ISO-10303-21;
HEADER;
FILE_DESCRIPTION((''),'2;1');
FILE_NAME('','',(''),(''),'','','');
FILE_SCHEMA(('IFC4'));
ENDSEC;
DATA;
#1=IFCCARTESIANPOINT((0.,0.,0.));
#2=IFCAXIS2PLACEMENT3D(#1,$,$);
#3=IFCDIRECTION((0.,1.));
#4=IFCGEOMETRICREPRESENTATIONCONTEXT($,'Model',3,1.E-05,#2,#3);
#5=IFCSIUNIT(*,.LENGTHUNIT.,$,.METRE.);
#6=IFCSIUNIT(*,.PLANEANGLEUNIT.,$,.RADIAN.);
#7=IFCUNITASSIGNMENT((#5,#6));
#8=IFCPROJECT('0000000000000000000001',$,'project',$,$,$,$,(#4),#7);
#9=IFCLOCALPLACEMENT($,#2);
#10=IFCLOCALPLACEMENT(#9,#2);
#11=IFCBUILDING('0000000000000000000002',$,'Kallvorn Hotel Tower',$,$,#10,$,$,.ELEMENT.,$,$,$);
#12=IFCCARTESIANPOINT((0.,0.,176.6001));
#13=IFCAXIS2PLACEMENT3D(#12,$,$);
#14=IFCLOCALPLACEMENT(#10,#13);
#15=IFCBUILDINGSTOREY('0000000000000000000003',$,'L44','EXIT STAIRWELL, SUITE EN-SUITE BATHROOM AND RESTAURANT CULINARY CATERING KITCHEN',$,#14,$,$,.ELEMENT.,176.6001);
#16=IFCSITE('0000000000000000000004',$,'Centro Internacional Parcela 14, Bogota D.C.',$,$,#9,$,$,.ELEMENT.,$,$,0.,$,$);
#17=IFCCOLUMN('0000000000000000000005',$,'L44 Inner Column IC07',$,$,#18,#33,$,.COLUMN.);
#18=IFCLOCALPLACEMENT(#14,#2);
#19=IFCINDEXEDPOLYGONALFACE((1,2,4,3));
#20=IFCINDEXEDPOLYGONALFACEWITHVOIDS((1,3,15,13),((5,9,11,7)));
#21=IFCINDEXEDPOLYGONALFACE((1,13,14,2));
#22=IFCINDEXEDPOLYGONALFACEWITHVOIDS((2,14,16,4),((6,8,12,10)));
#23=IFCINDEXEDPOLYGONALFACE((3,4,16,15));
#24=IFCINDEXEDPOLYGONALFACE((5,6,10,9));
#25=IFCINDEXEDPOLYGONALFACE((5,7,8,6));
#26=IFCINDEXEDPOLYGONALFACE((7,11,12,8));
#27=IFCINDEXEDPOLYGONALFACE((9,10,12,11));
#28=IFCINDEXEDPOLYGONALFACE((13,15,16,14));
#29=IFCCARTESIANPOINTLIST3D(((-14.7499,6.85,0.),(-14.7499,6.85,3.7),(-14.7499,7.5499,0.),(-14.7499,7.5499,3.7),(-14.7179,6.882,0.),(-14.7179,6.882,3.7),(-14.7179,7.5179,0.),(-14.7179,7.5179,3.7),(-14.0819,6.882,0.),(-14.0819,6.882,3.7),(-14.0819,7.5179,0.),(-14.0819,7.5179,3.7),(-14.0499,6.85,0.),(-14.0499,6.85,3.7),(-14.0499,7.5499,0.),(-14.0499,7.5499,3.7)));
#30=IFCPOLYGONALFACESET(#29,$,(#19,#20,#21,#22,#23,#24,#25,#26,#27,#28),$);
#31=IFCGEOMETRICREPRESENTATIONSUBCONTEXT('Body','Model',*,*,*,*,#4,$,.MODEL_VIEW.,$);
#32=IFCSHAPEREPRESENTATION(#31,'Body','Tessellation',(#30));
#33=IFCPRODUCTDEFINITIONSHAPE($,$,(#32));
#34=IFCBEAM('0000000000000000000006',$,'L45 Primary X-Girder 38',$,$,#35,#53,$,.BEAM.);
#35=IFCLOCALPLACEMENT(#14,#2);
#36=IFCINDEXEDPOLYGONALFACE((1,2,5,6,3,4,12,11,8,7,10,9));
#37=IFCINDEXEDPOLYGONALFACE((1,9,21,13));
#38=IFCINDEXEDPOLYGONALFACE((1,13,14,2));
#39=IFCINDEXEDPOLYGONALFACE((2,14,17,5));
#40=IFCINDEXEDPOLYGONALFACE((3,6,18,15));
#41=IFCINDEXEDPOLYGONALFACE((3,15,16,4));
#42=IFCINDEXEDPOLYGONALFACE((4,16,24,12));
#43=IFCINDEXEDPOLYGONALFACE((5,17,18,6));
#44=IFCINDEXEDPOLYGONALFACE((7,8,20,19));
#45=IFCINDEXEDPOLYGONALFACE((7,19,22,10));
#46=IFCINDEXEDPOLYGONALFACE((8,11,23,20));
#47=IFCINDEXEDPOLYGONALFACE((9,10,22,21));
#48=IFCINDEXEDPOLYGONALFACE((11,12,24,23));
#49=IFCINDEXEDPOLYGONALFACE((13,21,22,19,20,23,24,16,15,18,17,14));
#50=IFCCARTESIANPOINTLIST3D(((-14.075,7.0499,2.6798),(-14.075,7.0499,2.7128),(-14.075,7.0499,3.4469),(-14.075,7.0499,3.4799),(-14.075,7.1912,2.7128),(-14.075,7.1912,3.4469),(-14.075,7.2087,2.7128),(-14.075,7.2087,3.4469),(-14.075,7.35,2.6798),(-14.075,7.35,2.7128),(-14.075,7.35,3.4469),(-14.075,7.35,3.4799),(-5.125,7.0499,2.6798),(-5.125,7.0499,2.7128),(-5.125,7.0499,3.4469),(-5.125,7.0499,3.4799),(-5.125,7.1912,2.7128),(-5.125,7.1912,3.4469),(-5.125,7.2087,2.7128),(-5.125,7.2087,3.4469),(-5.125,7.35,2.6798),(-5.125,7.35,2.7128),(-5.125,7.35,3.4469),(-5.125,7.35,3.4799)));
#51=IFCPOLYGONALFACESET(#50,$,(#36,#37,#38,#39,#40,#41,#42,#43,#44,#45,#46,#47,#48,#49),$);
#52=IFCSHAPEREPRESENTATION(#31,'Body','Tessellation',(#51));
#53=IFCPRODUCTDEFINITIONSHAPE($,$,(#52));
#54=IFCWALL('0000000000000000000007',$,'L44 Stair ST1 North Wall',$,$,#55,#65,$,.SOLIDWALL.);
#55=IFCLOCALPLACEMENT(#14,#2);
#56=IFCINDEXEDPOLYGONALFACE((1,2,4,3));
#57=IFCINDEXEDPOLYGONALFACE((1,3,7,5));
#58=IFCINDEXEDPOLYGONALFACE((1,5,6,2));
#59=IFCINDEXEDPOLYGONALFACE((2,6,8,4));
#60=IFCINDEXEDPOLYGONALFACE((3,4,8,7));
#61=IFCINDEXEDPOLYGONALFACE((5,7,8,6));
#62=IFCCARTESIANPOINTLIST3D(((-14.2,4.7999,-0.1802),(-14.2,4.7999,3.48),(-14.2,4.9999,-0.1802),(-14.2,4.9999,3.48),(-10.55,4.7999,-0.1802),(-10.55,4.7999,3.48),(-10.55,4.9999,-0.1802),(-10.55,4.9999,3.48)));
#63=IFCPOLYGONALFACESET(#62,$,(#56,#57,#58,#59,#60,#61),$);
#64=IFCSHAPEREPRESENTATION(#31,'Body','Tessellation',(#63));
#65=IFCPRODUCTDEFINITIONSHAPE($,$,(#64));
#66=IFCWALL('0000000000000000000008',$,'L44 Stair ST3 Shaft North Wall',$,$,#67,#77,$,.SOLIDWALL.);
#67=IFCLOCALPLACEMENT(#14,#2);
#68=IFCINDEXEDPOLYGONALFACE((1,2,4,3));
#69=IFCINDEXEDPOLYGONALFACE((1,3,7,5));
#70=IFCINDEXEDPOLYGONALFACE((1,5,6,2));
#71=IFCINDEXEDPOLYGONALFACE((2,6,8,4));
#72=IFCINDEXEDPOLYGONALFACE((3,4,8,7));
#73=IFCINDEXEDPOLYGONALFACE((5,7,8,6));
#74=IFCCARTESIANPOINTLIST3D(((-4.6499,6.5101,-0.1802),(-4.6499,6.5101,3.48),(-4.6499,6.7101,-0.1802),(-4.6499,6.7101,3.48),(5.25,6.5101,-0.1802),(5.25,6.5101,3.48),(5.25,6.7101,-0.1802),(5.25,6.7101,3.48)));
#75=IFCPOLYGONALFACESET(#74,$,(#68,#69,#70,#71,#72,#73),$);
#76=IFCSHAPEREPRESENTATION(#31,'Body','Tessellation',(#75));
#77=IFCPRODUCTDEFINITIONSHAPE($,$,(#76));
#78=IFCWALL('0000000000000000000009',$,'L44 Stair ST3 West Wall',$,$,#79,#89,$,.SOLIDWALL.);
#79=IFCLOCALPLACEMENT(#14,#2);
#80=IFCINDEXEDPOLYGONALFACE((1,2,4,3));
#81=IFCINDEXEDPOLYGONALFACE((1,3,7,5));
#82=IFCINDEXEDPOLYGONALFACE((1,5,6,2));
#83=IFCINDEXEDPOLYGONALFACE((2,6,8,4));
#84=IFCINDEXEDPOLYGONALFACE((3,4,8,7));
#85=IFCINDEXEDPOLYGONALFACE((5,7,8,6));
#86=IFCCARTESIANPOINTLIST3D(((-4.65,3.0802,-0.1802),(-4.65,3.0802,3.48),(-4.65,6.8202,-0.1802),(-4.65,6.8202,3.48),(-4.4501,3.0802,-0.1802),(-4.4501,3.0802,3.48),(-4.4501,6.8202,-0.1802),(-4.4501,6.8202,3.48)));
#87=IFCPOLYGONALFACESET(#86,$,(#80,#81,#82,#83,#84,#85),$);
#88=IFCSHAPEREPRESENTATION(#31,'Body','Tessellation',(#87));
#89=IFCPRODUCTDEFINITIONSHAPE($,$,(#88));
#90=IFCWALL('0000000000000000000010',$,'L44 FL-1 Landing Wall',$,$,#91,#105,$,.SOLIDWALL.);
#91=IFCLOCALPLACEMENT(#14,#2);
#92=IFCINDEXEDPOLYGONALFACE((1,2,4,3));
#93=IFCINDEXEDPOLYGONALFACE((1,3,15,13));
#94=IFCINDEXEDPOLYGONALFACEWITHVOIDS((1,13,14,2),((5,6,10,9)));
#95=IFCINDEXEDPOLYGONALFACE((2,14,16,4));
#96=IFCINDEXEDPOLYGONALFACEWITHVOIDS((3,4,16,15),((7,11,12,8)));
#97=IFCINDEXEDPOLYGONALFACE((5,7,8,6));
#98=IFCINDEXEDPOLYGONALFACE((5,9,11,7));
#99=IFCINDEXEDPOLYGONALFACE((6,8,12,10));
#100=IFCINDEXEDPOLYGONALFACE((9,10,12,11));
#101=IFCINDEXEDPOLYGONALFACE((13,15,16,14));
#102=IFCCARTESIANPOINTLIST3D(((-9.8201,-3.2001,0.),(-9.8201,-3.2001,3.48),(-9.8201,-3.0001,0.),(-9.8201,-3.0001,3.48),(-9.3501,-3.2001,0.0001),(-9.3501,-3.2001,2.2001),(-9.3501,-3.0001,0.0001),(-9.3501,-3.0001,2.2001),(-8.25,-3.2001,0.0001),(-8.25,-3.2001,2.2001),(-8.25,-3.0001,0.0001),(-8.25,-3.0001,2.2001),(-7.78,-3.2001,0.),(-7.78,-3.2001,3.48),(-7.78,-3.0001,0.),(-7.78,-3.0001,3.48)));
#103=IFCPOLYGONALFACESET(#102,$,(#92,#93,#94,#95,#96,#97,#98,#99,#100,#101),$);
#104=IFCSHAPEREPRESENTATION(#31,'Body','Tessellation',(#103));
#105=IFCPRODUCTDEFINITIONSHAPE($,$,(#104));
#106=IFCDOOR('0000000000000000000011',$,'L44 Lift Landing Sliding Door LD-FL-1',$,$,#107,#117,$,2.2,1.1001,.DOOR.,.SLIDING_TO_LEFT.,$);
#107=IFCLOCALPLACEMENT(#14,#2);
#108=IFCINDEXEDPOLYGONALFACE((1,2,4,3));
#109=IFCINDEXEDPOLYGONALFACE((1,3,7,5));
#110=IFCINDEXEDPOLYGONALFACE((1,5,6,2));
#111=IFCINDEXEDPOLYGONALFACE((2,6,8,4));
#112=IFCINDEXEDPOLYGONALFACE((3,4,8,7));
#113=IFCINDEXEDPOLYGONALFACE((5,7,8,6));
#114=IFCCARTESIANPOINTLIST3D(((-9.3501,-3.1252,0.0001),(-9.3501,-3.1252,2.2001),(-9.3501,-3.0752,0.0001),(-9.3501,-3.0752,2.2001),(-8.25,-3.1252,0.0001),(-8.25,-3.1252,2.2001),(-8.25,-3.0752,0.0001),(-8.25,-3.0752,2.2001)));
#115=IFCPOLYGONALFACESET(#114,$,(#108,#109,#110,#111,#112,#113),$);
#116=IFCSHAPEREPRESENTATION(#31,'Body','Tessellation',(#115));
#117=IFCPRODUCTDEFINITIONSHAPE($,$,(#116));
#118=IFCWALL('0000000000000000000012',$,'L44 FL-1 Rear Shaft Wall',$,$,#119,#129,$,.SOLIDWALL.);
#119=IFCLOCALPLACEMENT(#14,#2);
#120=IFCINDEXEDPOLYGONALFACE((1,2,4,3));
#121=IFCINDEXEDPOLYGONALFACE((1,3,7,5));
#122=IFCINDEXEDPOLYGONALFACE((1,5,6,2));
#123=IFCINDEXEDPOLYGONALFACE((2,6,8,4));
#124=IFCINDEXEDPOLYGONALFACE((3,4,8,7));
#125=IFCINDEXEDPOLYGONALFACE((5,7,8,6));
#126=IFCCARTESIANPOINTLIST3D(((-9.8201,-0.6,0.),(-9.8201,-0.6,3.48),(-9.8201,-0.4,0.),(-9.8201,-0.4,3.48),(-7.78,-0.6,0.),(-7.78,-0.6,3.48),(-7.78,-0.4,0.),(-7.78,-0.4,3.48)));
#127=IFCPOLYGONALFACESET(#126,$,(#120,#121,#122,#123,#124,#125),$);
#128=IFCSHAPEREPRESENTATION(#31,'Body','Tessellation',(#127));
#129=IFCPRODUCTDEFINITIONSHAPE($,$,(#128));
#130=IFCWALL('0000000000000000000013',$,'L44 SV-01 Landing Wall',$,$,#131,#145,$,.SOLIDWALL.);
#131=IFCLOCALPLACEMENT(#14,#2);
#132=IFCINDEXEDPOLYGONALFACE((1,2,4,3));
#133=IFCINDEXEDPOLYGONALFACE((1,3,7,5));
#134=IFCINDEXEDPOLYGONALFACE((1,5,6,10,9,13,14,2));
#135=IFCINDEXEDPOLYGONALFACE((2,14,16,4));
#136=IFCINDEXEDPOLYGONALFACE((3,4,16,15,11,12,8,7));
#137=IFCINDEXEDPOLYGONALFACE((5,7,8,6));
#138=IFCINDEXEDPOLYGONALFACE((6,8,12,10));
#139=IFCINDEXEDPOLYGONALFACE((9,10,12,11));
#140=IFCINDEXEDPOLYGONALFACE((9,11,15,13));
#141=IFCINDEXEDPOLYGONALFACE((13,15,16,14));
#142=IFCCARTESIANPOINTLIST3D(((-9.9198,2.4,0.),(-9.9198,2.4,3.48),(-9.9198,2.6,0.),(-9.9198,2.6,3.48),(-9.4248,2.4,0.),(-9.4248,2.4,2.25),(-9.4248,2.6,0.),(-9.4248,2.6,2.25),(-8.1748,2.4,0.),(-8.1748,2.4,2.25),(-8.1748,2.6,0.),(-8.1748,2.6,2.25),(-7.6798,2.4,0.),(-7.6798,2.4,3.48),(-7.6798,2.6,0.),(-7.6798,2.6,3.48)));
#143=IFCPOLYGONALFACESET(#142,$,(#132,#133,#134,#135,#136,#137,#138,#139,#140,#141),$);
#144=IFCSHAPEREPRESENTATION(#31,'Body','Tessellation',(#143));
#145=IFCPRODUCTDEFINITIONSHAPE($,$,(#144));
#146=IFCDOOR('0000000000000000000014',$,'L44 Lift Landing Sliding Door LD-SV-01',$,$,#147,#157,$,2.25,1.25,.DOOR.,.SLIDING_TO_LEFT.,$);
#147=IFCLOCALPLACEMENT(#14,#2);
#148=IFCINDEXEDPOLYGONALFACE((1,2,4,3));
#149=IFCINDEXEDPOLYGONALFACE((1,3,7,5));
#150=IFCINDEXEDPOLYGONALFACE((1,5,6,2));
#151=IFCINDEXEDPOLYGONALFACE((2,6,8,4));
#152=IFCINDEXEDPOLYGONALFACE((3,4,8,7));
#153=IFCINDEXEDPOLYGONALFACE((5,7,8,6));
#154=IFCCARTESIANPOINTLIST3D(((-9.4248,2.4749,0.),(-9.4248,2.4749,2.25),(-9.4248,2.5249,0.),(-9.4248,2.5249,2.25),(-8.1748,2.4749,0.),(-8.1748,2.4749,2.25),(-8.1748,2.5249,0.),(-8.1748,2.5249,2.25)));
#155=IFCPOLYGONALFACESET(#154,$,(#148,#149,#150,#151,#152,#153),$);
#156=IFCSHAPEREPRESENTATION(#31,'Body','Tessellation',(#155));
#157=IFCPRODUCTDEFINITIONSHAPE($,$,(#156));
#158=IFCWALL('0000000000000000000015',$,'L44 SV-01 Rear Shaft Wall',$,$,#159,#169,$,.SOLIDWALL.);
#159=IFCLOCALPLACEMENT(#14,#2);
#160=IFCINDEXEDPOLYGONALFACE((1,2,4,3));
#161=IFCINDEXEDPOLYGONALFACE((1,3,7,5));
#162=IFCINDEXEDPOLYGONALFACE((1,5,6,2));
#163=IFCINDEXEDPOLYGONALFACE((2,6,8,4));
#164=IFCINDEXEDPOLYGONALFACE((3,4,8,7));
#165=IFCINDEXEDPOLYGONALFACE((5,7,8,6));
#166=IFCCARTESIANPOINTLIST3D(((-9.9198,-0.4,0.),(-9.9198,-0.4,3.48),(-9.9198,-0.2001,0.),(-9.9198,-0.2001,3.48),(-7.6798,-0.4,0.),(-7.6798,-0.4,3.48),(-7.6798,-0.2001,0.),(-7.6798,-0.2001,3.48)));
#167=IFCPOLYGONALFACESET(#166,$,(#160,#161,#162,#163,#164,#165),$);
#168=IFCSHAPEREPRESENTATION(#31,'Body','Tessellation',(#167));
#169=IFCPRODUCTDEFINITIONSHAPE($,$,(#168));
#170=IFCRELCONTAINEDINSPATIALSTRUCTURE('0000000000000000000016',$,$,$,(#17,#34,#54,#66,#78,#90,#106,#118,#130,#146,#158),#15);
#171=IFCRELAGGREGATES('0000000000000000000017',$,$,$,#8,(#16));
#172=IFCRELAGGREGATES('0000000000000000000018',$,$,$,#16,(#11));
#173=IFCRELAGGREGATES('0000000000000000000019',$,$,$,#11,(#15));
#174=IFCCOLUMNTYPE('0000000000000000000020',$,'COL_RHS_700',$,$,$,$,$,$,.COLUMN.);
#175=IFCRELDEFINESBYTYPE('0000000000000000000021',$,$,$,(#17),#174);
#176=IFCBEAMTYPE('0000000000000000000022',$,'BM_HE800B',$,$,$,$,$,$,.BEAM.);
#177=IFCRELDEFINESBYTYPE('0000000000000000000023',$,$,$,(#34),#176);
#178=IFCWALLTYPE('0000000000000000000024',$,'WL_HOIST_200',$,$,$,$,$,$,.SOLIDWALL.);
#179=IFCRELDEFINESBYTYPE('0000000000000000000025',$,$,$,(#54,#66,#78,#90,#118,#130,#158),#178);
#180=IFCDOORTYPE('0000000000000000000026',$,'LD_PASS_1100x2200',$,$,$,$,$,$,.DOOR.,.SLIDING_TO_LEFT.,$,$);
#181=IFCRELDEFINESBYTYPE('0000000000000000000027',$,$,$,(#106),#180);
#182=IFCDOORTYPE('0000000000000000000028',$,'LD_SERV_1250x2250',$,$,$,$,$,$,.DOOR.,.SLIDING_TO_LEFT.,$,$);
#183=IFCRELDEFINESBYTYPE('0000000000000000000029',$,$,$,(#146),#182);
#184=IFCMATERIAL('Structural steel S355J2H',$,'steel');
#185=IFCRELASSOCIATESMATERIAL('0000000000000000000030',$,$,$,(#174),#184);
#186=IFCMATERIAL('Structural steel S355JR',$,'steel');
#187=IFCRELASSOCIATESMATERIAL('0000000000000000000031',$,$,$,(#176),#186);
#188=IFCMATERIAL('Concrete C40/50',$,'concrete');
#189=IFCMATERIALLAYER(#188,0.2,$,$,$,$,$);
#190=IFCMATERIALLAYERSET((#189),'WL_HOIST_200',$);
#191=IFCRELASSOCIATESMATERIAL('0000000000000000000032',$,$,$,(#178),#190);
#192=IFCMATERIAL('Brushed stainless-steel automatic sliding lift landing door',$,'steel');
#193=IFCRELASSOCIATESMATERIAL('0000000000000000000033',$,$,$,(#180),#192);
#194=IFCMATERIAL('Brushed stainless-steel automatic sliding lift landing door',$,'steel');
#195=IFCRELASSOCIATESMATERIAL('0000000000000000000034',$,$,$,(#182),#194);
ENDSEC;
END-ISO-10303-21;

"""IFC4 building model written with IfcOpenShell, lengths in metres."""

from ifc_helpers import new_model, si_unit, direction, frame, frame_2d, origin, origin_2d, place, context, subcontext, project, spatial, rectangle, hollow_rectangle, i_section, extrude, material, layer, layer_set, material_profile, profile_set, type_object, element, fill, save


model = new_model("IFC4")

# Units and contexts
model_context = context("Model", 3, precision=1e-05, world=origin(), true_north=direction((0.0, 1.0)))
body_context = subcontext(model_context, "Body", "Model", "MODEL_VIEW")
ifc_project = project(units=[si_unit("LENGTHUNIT", "METRE"), si_unit("PLANEANGLEUNIT", "RADIAN")], contexts=[model_context])

# Site, building, storey
site_placement = place(None, origin())
site = spatial("IfcSite", under=ifc_project, at=site_placement, Name="Centro Internacional Parcela 14, Bogota D.C.", CompositionType="ELEMENT", RefElevation=0.0)
building_placement = place(site_placement, origin())
building = spatial("IfcBuilding", under=site, at=building_placement, Name="Kallvorn Hotel Tower", CompositionType="ELEMENT")
storey_placement = place(building_placement, frame((0.0, 0.0, 176.6001)))
storey = spatial("IfcBuildingStorey", under=building, at=storey_placement, Name="L44", Description="EXIT STAIRWELL, SUITE EN-SUITE BATHROOM AND RESTAURANT CULINARY CATERING KITCHEN", CompositionType="ELEMENT", Elevation=176.6001)

# Column
ifc_material_1 = material(Name="Structural steel S355J2H", Category="steel")
ifc_material_profile_1 = material_profile(ifc_material_1, hollow_rectangle(XDim=0.7, YDim=0.7, WallThickness=0.032, at=origin_2d()), Name="RHS 700x700x32")
ifc_profile_set_1 = profile_set([ifc_material_profile_1], Name="Structural steel S355J2H")
column_type = type_object("IfcColumnType", Name="COL_RHS_700", PredefinedType="COLUMN", material=ifc_profile_set_1)
column_placement = place(storey_placement, frame((-14.3999, 7.2, 0.0), z_axis=(0.0, 0.0, 1.0), x_axis=(1.0, 0.0, 0.0)))
element("IfcColumn", 1, at=column_placement, inside=storey, type_object=column_type, Name="L44 Inner Column IC07", PredefinedType="COLUMN", context=body_context, shape_type="SweptSolid", body=[
    extrude(hollow_rectangle(XDim=0.7, YDim=0.7, WallThickness=0.032, at=origin_2d()), origin(), (0.0, 0.0, 1.0), 3.7),
])

# Beam
ifc_material_2 = material(Name="Structural steel S355JR", Category="steel")
ifc_material_profile_2 = material_profile(ifc_material_2, i_section(OverallWidth=0.3, OverallDepth=0.8, WebThickness=0.0176, FlangeThickness=0.033, at=origin_2d()), Name="HE 800 B")
ifc_profile_set_2 = profile_set([ifc_material_profile_2], Name="Structural steel S355JR")
beam_type = type_object("IfcBeamType", Name="BM_HE800B", PredefinedType="BEAM", material=ifc_profile_set_2)
beam_placement = place(storey_placement, frame((-14.075, 7.2, 3.0798), z_axis=(1.0, 0.0, 0.0), x_axis=(0.0, 1.0, 0.0)))
element("IfcBeam", 2, at=beam_placement, inside=storey, type_object=beam_type, Name="L45 Primary X-Girder 38", PredefinedType="BEAM", context=body_context, shape_type="SweptSolid", body=[
    extrude(i_section(OverallWidth=0.3, OverallDepth=0.8, WebThickness=0.0176, FlangeThickness=0.033, at=origin_2d()), origin(), (0.0, 0.0, 1.0), 8.95),
])

# Walls
ifc_material_3 = material(Name="Concrete C40/50", Category="concrete")
ifc_layer_1 = layer(ifc_material_3, 0.2)
ifc_layer_set_1 = layer_set([ifc_layer_1], Name="WL_HOIST_200")
wall_type_1 = type_object("IfcWallType", Name="WL_HOIST_200", PredefinedType="SOLIDWALL", material=ifc_layer_set_1)
wall_1_placement = place(storey_placement, frame((-14.2, 4.8999, -0.1802), z_axis=(0.0, 0.0, 1.0), x_axis=(1.0, 0.0, 0.0)))
element("IfcWall", 3, at=wall_1_placement, inside=storey, type_object=wall_type_1, Name="L44 Stair ST1 North Wall", PredefinedType="SOLIDWALL", context=body_context, shape_type="SweptSolid", body=[
    extrude(rectangle(XDim=3.6499, YDim=0.2, at=frame_2d((1.825, 0.0))), origin(), (0.0, 0.0, 1.0), 3.6602),
])
wall_2_placement = place(storey_placement, frame((-4.6499, 6.6101, -0.1802), z_axis=(0.0, 0.0, 1.0), x_axis=(1.0, 0.0, 0.0)))
element("IfcWall", 4, at=wall_2_placement, inside=storey, type_object=wall_type_1, Name="L44 Stair ST3 Shaft North Wall", PredefinedType="SOLIDWALL", context=body_context, shape_type="SweptSolid", body=[
    extrude(rectangle(XDim=9.8999, YDim=0.2, at=frame_2d((4.95, 0.0))), origin(), (0.0, 0.0, 1.0), 3.6602),
])
wall_3_placement = place(storey_placement, frame((-4.55, 3.0801, -0.1802), z_axis=(0.0, 0.0, 1.0), x_axis=(0.0, 1.0, 0.0)))
element("IfcWall", 5, at=wall_3_placement, inside=storey, type_object=wall_type_1, Name="L44 Stair ST3 West Wall", PredefinedType="SOLIDWALL", context=body_context, shape_type="SweptSolid", body=[
    extrude(rectangle(XDim=3.74, YDim=0.2, at=frame_2d((1.8701, 0.0))), origin(), (0.0, 0.0, 1.0), 3.6602),
])

# Wall, opening, door
wall_4_placement = place(storey_placement, frame((-9.8201, -3.1001, 0.0), z_axis=(0.0, 0.0, 1.0), x_axis=(1.0, 0.0, 0.0)))
wall_4 = element("IfcWall", 6, at=wall_4_placement, inside=storey, type_object=wall_type_1, Name="L44 FL-1 Landing Wall", PredefinedType="SOLIDWALL", context=body_context, shape_type="SweptSolid", body=[
    extrude(rectangle(XDim=2.04, YDim=0.2, at=frame_2d((1.02, 0.0))), origin(), (0.0, 0.0, 1.0), 3.48),
])
opening_1_placement = place(wall_4_placement, frame((0.47, 0.0, 0.0)))
opening_1 = element("IfcOpeningElement", 7, at=opening_1_placement, cuts=wall_4, PredefinedType="OPENING", context=body_context, shape_type="SweptSolid", body=[
    extrude(rectangle(XDim=1.1001, YDim=2.2, at=frame_2d((0.55, 1.1001))), frame((0.0, 0.115, 0.0), z_axis=(0.0, -1.0, 0.0), x_axis=(1.0, 0.0, 0.0)), (0.0, 0.0, 1.0), 0.23),
])
ifc_material_4 = material(Name="Brushed stainless-steel automatic sliding lift landing door", Category="steel")
door_type_1 = type_object("IfcDoorType", Name="LD_PASS_1100x2200", OperationType="SLIDING_TO_LEFT", PredefinedType="DOOR", material=ifc_material_4)
door_1_placement = place(opening_1_placement, origin())
door_1 = element("IfcDoor", 8, at=door_1_placement, inside=storey, type_object=door_type_1, Name="L44 Lift Landing Sliding Door LD-FL-1", OperationType="SLIDING_TO_LEFT", OverallHeight=2.2, OverallWidth=1.1001, PredefinedType="DOOR", context=body_context, shape_type="SweptSolid", body=[
    extrude(rectangle(XDim=1.1001, YDim=2.2, at=frame_2d((0.55, 1.1001))), frame((0.0, 0.0249, 0.0), z_axis=(0.0, -1.0, 0.0), x_axis=(1.0, 0.0, 0.0)), (0.0, 0.0, 1.0), 0.05),
])
fill(opening_1, door_1)

# Wall
wall_5_placement = place(storey_placement, frame((-9.8201, -0.5, 0.0), z_axis=(0.0, 0.0, 1.0), x_axis=(1.0, 0.0, 0.0)))
element("IfcWall", 9, at=wall_5_placement, inside=storey, type_object=wall_type_1, Name="L44 FL-1 Rear Shaft Wall", PredefinedType="SOLIDWALL", context=body_context, shape_type="SweptSolid", body=[
    extrude(rectangle(XDim=2.04, YDim=0.2, at=frame_2d((1.02, 0.0))), origin(), (0.0, 0.0, 1.0), 3.48),
])

# Wall, opening, door
wall_6_placement = place(storey_placement, frame((-9.9199, 2.5, 0.0), z_axis=(0.0, 0.0, 1.0), x_axis=(1.0, 0.0, 0.0)))
wall_6 = element("IfcWall", 10, at=wall_6_placement, inside=storey, type_object=wall_type_1, Name="L44 SV-01 Landing Wall", PredefinedType="SOLIDWALL", context=body_context, shape_type="SweptSolid", body=[
    extrude(rectangle(XDim=2.24, YDim=0.2, at=frame_2d((1.1201, 0.0))), origin(), (0.0, 0.0, 1.0), 3.48),
])
opening_2_placement = place(wall_6_placement, frame((0.4951, 0.0, 0.0)))
opening_2 = element("IfcOpeningElement", 11, at=opening_2_placement, cuts=wall_6, PredefinedType="OPENING", context=body_context, shape_type="SweptSolid", body=[
    extrude(rectangle(XDim=1.25, YDim=2.25, at=frame_2d((0.625, 1.125))), frame((0.0, 0.115, 0.0), z_axis=(0.0, -1.0, 0.0), x_axis=(1.0, 0.0, 0.0)), (0.0, 0.0, 1.0), 0.23),
])
ifc_material_5 = material(Name="Brushed stainless-steel automatic sliding lift landing door", Category="steel")
door_type_2 = type_object("IfcDoorType", Name="LD_SERV_1250x2250", OperationType="SLIDING_TO_LEFT", PredefinedType="DOOR", material=ifc_material_5)
door_2_placement = place(opening_2_placement, origin())
door_2 = element("IfcDoor", 12, at=door_2_placement, inside=storey, type_object=door_type_2, Name="L44 Lift Landing Sliding Door LD-SV-01", OperationType="SLIDING_TO_LEFT", OverallHeight=2.25, OverallWidth=1.25, PredefinedType="DOOR", context=body_context, shape_type="SweptSolid", body=[
    extrude(rectangle(XDim=1.25, YDim=2.25, at=frame_2d((0.625, 1.125))), frame((0.0, 0.0249, 0.0), z_axis=(0.0, -1.0, 0.0), x_axis=(1.0, 0.0, 0.0)), (0.0, 0.0, 1.0), 0.05),
])
fill(opening_2, door_2)

# Wall
wall_7_placement = place(storey_placement, frame((-9.9199, -0.3, 0.0), z_axis=(0.0, 0.0, 1.0), x_axis=(1.0, 0.0, 0.0)))
element("IfcWall", 13, at=wall_7_placement, inside=storey, type_object=wall_type_1, Name="L44 SV-01 Rear Shaft Wall", PredefinedType="SOLIDWALL", context=body_context, shape_type="SweptSolid", body=[
    extrude(rectangle(XDim=2.24, YDim=0.2, at=frame_2d((1.1201, 0.0))), origin(), (0.0, 0.0, 1.0), 3.48),
])

save(model, "model.ifc")
